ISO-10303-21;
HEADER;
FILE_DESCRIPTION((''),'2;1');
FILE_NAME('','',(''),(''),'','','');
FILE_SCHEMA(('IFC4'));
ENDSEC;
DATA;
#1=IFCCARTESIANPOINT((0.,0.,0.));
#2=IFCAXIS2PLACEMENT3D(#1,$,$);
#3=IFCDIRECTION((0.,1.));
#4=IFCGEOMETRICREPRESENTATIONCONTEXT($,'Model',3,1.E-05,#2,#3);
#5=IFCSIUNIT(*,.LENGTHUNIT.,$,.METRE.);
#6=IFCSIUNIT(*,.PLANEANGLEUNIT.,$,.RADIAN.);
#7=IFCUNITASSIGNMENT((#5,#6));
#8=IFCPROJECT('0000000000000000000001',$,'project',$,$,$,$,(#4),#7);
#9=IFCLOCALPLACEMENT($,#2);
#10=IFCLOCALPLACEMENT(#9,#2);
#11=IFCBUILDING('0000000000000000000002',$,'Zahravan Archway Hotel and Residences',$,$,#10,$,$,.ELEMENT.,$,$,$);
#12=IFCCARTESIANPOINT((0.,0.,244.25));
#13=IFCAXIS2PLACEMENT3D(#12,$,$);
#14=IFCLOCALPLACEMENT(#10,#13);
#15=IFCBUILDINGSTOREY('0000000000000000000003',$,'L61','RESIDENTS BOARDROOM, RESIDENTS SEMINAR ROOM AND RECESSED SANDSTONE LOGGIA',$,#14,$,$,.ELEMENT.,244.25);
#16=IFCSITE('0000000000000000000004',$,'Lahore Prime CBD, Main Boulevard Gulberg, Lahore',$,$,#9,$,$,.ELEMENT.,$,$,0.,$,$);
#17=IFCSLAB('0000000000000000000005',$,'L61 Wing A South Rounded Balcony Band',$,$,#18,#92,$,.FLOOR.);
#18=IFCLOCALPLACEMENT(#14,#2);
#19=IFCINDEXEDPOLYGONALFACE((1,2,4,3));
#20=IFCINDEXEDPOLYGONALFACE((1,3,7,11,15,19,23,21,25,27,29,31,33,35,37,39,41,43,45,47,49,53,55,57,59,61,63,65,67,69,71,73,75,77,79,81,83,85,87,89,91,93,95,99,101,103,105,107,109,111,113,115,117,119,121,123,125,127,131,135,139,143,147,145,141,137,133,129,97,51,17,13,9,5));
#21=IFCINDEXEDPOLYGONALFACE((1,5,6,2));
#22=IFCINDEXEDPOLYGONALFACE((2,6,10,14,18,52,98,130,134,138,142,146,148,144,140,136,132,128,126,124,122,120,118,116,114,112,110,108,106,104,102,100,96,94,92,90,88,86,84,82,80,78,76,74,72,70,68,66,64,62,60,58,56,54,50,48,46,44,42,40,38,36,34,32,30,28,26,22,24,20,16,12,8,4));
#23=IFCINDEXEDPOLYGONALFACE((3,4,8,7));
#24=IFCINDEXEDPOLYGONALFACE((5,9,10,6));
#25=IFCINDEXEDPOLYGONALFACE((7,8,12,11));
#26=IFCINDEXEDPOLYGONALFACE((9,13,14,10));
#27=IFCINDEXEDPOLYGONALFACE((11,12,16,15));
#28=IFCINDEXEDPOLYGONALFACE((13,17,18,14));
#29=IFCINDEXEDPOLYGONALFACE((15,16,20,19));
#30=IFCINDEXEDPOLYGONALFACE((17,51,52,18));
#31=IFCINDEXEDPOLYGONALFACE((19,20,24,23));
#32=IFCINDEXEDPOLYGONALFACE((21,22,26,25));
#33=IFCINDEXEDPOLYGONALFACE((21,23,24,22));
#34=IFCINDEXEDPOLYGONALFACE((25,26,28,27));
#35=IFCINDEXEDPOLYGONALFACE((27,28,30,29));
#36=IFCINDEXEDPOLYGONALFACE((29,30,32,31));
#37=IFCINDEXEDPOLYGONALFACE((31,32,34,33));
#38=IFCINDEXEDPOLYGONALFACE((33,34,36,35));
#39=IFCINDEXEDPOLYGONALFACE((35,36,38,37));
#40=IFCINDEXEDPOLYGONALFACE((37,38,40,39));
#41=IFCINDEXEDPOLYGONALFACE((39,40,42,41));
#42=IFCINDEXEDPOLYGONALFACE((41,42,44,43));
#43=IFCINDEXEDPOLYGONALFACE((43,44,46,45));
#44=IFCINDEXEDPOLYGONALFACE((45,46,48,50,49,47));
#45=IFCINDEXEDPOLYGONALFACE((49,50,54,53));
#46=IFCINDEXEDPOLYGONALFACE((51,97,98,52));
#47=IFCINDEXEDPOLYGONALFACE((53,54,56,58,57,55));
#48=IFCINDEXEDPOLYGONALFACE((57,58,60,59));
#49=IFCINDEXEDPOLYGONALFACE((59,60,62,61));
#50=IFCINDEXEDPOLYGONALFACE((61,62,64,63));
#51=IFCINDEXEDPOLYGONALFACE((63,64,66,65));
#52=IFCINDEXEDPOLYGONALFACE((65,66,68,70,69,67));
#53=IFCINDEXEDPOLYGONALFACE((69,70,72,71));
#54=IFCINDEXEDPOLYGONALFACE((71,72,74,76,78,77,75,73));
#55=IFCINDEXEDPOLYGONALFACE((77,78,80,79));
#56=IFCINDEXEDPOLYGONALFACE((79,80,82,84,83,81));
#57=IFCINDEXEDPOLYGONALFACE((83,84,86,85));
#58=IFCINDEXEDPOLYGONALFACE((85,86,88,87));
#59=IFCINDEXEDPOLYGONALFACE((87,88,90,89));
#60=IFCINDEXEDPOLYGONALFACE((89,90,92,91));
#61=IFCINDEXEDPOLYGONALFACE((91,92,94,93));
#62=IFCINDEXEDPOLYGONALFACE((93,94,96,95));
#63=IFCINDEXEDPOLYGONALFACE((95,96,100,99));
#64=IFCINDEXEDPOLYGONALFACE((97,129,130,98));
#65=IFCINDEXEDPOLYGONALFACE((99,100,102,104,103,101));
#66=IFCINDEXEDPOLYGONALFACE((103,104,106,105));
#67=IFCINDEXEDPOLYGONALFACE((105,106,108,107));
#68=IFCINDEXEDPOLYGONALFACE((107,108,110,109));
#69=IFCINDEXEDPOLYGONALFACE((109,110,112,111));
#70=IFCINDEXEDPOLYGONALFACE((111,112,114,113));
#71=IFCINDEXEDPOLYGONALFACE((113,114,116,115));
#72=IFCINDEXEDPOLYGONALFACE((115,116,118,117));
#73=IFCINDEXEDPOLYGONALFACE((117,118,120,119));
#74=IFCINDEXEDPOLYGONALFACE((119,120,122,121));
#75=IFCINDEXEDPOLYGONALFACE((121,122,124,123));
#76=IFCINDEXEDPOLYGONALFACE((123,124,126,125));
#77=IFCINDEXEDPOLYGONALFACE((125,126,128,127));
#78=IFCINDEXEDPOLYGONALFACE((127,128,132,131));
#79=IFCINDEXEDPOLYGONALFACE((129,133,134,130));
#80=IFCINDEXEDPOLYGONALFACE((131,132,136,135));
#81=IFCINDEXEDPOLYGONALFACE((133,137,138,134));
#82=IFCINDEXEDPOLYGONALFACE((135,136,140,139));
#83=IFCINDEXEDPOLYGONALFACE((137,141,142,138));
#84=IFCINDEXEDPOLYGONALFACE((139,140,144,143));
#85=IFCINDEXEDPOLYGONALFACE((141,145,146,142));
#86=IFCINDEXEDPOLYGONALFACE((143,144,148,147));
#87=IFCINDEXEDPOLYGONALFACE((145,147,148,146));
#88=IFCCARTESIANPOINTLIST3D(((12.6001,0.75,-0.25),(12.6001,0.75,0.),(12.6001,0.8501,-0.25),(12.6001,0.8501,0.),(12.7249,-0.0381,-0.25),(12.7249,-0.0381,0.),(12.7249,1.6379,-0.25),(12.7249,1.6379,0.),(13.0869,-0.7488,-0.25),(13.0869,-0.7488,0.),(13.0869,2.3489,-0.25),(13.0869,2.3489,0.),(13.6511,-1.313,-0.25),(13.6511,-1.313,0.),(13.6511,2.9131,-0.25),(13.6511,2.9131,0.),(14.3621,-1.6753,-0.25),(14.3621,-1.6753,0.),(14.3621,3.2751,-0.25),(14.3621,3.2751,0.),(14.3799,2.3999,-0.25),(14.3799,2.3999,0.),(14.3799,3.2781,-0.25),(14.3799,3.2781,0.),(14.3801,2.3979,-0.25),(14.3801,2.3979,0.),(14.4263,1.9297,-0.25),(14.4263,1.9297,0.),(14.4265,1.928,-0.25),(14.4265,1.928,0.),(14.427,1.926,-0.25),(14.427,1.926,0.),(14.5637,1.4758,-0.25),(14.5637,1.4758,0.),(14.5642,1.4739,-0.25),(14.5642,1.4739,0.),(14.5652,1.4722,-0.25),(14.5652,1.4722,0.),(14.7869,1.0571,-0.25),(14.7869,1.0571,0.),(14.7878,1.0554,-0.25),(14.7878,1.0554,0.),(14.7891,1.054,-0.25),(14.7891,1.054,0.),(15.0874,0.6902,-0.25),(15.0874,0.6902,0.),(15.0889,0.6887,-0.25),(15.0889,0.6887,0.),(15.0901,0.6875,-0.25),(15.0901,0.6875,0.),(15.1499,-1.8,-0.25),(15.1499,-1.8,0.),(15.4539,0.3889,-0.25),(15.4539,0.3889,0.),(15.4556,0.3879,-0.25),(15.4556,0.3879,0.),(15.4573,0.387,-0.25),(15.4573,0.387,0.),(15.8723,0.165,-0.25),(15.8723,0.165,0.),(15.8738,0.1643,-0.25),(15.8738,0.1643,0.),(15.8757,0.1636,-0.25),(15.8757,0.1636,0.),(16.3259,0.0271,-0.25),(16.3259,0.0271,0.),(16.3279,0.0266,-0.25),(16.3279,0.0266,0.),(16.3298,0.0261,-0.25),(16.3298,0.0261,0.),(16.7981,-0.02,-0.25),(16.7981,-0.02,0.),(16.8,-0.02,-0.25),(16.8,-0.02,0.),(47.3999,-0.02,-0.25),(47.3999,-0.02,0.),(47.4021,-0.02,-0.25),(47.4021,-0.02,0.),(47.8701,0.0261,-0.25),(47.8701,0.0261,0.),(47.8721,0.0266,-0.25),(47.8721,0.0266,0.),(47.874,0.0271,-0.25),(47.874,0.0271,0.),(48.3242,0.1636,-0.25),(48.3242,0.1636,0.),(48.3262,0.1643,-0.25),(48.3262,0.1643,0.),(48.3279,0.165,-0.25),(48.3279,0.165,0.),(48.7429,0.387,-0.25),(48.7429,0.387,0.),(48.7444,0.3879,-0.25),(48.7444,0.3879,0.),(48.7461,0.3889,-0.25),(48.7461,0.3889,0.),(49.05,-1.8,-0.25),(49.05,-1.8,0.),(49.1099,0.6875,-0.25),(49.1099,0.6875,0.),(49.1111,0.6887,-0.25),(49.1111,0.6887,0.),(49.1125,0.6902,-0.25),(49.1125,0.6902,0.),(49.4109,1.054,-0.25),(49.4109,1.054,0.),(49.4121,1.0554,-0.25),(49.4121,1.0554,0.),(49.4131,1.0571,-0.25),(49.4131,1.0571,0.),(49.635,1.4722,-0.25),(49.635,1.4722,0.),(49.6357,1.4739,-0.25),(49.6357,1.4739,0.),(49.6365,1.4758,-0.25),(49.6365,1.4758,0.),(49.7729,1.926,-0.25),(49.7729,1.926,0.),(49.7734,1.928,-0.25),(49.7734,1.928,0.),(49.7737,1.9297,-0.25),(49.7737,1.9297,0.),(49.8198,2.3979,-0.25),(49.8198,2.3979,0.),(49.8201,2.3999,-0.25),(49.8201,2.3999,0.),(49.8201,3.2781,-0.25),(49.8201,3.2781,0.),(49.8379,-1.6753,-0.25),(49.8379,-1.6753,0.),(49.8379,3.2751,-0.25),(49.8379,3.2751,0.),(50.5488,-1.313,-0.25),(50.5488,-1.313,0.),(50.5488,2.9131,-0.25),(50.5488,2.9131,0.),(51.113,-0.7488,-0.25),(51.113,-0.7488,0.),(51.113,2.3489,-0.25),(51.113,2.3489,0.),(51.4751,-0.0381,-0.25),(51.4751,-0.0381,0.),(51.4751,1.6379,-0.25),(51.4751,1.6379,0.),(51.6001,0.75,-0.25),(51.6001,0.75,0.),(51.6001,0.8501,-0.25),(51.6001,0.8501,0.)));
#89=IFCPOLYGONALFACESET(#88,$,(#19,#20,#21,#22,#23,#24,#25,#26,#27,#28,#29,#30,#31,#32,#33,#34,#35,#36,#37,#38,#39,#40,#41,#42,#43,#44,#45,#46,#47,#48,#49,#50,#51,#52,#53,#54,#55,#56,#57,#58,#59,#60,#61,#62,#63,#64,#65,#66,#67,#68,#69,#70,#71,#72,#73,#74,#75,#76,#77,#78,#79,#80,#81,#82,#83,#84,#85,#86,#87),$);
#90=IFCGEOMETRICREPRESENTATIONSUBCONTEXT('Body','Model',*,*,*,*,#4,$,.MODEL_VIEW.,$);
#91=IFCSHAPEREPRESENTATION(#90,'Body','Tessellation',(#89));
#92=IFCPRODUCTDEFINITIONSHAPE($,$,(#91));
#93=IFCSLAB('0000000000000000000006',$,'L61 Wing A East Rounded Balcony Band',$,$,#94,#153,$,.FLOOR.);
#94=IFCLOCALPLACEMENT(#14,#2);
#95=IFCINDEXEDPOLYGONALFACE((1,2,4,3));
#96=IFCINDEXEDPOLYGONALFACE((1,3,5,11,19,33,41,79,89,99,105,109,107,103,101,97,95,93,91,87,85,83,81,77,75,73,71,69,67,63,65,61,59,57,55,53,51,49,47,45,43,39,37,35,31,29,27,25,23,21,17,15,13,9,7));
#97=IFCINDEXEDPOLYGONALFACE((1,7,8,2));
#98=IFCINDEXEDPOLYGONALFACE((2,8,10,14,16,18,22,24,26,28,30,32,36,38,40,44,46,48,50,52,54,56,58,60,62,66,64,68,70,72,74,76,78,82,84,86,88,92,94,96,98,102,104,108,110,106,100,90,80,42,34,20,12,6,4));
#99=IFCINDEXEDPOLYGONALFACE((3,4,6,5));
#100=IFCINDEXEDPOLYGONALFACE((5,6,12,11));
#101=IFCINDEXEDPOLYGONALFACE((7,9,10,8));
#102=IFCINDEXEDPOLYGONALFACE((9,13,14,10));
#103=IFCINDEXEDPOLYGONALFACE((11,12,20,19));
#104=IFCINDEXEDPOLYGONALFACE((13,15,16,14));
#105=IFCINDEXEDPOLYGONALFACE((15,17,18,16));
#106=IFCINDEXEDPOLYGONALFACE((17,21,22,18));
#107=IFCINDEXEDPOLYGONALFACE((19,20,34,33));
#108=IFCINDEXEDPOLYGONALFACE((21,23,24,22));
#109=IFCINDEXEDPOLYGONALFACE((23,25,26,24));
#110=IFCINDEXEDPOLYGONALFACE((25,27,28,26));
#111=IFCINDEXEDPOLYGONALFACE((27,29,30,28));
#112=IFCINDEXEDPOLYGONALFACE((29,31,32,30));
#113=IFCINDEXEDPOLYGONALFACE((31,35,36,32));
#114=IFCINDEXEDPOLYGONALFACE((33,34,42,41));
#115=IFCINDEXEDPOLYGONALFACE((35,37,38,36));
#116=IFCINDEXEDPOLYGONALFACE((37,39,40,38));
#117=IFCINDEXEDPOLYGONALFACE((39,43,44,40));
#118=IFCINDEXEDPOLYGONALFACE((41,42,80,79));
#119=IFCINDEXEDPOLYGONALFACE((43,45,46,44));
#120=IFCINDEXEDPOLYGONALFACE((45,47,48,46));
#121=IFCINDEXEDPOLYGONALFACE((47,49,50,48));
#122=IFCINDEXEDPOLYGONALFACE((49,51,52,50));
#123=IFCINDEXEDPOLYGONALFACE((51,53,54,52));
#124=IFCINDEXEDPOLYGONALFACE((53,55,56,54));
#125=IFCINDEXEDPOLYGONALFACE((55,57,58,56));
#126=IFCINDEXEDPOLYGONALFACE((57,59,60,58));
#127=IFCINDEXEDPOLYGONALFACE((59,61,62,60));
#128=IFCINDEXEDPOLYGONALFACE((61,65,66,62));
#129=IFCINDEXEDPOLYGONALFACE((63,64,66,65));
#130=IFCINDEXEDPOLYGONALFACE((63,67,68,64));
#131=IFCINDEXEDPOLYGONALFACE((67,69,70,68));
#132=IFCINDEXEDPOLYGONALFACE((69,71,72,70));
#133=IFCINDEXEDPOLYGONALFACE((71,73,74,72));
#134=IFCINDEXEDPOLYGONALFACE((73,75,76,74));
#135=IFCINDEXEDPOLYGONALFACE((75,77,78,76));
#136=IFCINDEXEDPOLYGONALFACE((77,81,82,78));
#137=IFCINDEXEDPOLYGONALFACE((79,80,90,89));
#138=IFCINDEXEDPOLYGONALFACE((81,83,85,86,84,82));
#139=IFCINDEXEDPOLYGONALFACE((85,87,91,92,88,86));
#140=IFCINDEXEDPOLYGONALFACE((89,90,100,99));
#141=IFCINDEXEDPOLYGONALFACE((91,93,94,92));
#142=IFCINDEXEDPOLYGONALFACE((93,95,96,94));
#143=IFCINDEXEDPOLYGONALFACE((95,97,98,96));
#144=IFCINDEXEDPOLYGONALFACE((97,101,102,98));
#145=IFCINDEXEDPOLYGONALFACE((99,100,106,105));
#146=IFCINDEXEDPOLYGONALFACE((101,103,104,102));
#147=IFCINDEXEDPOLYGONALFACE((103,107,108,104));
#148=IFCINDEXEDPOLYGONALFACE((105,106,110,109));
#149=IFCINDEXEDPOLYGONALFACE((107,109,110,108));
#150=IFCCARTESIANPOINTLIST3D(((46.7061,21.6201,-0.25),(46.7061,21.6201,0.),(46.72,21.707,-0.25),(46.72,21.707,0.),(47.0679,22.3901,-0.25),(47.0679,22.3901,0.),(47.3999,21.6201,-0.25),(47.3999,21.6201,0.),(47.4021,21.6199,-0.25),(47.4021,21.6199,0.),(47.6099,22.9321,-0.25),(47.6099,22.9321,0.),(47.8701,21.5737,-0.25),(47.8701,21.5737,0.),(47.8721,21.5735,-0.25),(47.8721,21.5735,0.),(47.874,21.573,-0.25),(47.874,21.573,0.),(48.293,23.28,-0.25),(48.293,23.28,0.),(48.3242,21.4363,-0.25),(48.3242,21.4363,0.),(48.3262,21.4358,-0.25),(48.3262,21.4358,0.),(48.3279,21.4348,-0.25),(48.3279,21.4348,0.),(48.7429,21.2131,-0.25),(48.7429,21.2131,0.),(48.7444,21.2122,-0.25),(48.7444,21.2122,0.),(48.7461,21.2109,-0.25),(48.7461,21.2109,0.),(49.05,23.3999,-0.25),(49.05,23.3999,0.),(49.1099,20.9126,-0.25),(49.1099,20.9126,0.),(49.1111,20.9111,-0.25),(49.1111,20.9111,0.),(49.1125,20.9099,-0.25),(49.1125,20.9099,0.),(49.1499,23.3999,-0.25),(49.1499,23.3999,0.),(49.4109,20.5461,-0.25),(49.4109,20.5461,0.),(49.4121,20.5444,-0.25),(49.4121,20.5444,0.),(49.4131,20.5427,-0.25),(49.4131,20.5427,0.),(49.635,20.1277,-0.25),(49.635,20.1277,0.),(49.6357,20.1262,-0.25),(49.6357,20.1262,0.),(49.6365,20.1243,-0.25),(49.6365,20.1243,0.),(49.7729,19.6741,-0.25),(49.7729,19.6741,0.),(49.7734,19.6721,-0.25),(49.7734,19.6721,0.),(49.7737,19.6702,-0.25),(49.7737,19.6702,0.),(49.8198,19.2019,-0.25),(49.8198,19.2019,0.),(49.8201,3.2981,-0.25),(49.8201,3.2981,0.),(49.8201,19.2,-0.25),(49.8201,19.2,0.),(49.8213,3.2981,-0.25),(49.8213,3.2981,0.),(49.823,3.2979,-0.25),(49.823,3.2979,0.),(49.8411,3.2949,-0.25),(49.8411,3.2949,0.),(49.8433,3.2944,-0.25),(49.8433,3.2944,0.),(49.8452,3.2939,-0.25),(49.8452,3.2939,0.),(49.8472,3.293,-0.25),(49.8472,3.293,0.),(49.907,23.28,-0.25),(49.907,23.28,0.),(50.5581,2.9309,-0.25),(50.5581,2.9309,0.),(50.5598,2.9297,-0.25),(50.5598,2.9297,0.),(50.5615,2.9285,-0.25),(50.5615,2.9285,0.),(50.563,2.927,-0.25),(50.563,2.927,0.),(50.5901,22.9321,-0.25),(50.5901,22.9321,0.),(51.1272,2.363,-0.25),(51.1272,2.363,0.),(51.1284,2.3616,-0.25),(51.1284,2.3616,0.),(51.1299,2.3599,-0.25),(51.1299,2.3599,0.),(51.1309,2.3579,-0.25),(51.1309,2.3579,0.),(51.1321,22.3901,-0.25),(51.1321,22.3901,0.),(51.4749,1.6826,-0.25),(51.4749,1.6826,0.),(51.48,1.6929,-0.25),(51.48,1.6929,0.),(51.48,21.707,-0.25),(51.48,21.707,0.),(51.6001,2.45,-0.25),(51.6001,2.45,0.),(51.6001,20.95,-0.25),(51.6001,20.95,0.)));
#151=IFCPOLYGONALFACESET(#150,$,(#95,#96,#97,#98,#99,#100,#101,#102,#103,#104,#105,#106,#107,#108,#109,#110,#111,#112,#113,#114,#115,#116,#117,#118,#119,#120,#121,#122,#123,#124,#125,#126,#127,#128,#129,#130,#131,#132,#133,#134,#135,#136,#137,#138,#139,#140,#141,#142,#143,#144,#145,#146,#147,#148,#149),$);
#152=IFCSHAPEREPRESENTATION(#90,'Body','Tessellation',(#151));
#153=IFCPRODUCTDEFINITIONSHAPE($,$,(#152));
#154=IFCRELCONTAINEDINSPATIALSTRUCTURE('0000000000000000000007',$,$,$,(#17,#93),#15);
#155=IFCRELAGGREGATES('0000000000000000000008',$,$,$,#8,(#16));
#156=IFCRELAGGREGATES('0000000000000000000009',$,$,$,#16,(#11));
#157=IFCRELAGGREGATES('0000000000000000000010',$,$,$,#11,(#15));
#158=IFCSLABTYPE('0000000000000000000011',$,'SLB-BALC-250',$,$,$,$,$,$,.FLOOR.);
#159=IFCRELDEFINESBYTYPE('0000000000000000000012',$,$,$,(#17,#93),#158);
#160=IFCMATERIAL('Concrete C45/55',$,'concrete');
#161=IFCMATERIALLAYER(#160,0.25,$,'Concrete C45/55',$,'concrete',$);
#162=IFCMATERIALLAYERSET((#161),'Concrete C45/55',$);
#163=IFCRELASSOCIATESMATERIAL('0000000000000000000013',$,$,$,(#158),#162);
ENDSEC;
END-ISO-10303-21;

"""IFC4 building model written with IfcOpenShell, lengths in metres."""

from ifc_helpers import new_model, si_unit, direction, frame, origin, place, context, subcontext, project, spatial, polyline, outline, extrude, material, layer, layer_set, type_object, element, save


model = new_model("IFC4")

# Units and contexts
model_context = context("Model", 3, precision=1e-05, world=origin(), true_north=direction((0.0, 1.0)))
body_context = subcontext(model_context, "Body", "Model", "MODEL_VIEW")
ifc_project = project(units=[si_unit("LENGTHUNIT", "METRE"), si_unit("PLANEANGLEUNIT", "RADIAN")], contexts=[model_context])

# Site, building, storey
site_placement = place(None, origin())
site = spatial("IfcSite", under=ifc_project, at=site_placement, Name="Lahore Prime CBD, Main Boulevard Gulberg, Lahore", CompositionType="ELEMENT", RefElevation=0.0)
building_placement = place(site_placement, origin())
building = spatial("IfcBuilding", under=site, at=building_placement, Name="Zahravan Archway Hotel and Residences", CompositionType="ELEMENT")
storey_placement = place(building_placement, frame((0.0, 0.0, 244.25)))
storey = spatial("IfcBuildingStorey", under=building, at=storey_placement, Name="L61", Description="RESIDENTS BOARDROOM, RESIDENTS SEMINAR ROOM AND RECESSED SANDSTONE LOGGIA", CompositionType="ELEMENT", Elevation=244.25)

# Slabs
ifc_material_1 = material(Name="Concrete C45/55", Category="concrete")
ifc_layer_1 = layer(ifc_material_1, 0.25, Name="Concrete C45/55", Category="concrete")
ifc_layer_set_1 = layer_set([ifc_layer_1], Name="Concrete C45/55")
slab_type_1 = type_object("IfcSlabType", Name="SLB-BALC-250", PredefinedType="FLOOR", material=ifc_layer_set_1)
slab_1_placement = place(storey_placement, frame((0.0, 0.0, -0.25)))
element("IfcSlab", 1, at=slab_1_placement, inside=storey, type_object=slab_type_1, Name="L61 Wing A South Rounded Balcony Band", PredefinedType="FLOOR", context=body_context, shape_type="SweptSolid", body=[
    extrude(outline(polyline([(49.8379, 3.2751), (50.5488, 2.9131), (51.113, 2.3489), (51.4751, 1.6379), (51.6001, 0.8501), (51.6001, 0.75), (51.4751, -0.0381), (51.113, -0.7488), (50.5488, -1.313), (49.8379, -1.6753), (49.05, -1.8), (15.1499, -1.8), (14.3621, -1.6753), (13.6511, -1.313), (13.0869, -0.7488), (12.7249, -0.0381), (12.6001, 0.75), (12.6001, 0.8501), (12.7249, 1.6379), (13.0869, 2.3489), (13.6511, 2.9131), (14.3621, 3.2751), (14.3799, 3.2781), (14.3799, 2.3999), (14.3801, 2.3979), (14.4263, 1.9297), (14.4265, 1.928), (14.427, 1.926), (14.5637, 1.4758), (14.5642, 1.4739), (14.5652, 1.4722), (14.7869, 1.0571), (14.7878, 1.0554), (14.7891, 1.054), (15.0874, 0.6902), (15.0889, 0.6887), (15.0901, 0.6875), (15.4539, 0.3889), (15.4556, 0.3879), (15.4573, 0.387), (15.8723, 0.165), (15.8738, 0.1643), (15.8757, 0.1636), (16.3259, 0.0271), (16.3279, 0.0266), (16.3298, 0.0261), (16.7981, -0.02), (16.8, -0.02), (47.3999, -0.02), (47.4021, -0.02), (47.8701, 0.0261), (47.8721, 0.0266), (47.874, 0.0271), (48.3242, 0.1636), (48.3262, 0.1643), (48.3279, 0.165), (48.7429, 0.387), (48.7444, 0.3879), (48.7461, 0.3889), (49.1099, 0.6875), (49.1111, 0.6887), (49.1125, 0.6902), (49.4109, 1.054), (49.4121, 1.0554), (49.4131, 1.0571), (49.635, 1.4722), (49.6357, 1.4739), (49.6365, 1.4758), (49.7729, 1.926), (49.7734, 1.928), (49.7737, 1.9297), (49.8198, 2.3979), (49.8201, 2.3999), (49.8201, 3.2781), (49.8379, 3.2751)])), origin(), (0.0, 0.0, 1.0), 0.25),
])
slab_2_placement = place(storey_placement, frame((0.0, 0.0, -0.25)))
element("IfcSlab", 2, at=slab_2_placement, inside=storey, type_object=slab_type_1, Name="L61 Wing A East Rounded Balcony Band", PredefinedType="FLOOR", context=body_context, shape_type="SweptSolid", body=[
    extrude(outline(polyline([(46.72, 21.707), (47.0679, 22.3901), (47.6099, 22.9321), (48.293, 23.28), (49.05, 23.3999), (49.1499, 23.3999), (49.907, 23.28), (50.5901, 22.9321), (51.1321, 22.3901), (51.48, 21.707), (51.6001, 20.95), (51.6001, 2.45), (51.48, 1.6929), (51.4749, 1.6826), (51.1309, 2.3579), (51.1299, 2.3599), (51.1284, 2.3616), (51.1272, 2.363), (50.563, 2.927), (50.5615, 2.9285), (50.5598, 2.9297), (50.5581, 2.9309), (49.8472, 3.293), (49.8452, 3.2939), (49.8433, 3.2944), (49.8411, 3.2949), (49.823, 3.2979), (49.8213, 3.2981), (49.8201, 3.2981), (49.8201, 19.2), (49.8198, 19.2019), (49.7737, 19.6702), (49.7734, 19.6721), (49.7729, 19.6741), (49.6365, 20.1243), (49.6357, 20.1262), (49.635, 20.1277), (49.4131, 20.5427), (49.4121, 20.5444), (49.4109, 20.5461), (49.1125, 20.9099), (49.1111, 20.9111), (49.1099, 20.9126), (48.7461, 21.2109), (48.7444, 21.2122), (48.7429, 21.2131), (48.3279, 21.4348), (48.3262, 21.4358), (48.3242, 21.4363), (47.874, 21.573), (47.8721, 21.5735), (47.8701, 21.5737), (47.4021, 21.6199), (47.3999, 21.6201), (46.7061, 21.6201), (46.72, 21.707)])), origin(), (0.0, 0.0, 1.0), 0.25),
])

save(model, "model.ifc")
